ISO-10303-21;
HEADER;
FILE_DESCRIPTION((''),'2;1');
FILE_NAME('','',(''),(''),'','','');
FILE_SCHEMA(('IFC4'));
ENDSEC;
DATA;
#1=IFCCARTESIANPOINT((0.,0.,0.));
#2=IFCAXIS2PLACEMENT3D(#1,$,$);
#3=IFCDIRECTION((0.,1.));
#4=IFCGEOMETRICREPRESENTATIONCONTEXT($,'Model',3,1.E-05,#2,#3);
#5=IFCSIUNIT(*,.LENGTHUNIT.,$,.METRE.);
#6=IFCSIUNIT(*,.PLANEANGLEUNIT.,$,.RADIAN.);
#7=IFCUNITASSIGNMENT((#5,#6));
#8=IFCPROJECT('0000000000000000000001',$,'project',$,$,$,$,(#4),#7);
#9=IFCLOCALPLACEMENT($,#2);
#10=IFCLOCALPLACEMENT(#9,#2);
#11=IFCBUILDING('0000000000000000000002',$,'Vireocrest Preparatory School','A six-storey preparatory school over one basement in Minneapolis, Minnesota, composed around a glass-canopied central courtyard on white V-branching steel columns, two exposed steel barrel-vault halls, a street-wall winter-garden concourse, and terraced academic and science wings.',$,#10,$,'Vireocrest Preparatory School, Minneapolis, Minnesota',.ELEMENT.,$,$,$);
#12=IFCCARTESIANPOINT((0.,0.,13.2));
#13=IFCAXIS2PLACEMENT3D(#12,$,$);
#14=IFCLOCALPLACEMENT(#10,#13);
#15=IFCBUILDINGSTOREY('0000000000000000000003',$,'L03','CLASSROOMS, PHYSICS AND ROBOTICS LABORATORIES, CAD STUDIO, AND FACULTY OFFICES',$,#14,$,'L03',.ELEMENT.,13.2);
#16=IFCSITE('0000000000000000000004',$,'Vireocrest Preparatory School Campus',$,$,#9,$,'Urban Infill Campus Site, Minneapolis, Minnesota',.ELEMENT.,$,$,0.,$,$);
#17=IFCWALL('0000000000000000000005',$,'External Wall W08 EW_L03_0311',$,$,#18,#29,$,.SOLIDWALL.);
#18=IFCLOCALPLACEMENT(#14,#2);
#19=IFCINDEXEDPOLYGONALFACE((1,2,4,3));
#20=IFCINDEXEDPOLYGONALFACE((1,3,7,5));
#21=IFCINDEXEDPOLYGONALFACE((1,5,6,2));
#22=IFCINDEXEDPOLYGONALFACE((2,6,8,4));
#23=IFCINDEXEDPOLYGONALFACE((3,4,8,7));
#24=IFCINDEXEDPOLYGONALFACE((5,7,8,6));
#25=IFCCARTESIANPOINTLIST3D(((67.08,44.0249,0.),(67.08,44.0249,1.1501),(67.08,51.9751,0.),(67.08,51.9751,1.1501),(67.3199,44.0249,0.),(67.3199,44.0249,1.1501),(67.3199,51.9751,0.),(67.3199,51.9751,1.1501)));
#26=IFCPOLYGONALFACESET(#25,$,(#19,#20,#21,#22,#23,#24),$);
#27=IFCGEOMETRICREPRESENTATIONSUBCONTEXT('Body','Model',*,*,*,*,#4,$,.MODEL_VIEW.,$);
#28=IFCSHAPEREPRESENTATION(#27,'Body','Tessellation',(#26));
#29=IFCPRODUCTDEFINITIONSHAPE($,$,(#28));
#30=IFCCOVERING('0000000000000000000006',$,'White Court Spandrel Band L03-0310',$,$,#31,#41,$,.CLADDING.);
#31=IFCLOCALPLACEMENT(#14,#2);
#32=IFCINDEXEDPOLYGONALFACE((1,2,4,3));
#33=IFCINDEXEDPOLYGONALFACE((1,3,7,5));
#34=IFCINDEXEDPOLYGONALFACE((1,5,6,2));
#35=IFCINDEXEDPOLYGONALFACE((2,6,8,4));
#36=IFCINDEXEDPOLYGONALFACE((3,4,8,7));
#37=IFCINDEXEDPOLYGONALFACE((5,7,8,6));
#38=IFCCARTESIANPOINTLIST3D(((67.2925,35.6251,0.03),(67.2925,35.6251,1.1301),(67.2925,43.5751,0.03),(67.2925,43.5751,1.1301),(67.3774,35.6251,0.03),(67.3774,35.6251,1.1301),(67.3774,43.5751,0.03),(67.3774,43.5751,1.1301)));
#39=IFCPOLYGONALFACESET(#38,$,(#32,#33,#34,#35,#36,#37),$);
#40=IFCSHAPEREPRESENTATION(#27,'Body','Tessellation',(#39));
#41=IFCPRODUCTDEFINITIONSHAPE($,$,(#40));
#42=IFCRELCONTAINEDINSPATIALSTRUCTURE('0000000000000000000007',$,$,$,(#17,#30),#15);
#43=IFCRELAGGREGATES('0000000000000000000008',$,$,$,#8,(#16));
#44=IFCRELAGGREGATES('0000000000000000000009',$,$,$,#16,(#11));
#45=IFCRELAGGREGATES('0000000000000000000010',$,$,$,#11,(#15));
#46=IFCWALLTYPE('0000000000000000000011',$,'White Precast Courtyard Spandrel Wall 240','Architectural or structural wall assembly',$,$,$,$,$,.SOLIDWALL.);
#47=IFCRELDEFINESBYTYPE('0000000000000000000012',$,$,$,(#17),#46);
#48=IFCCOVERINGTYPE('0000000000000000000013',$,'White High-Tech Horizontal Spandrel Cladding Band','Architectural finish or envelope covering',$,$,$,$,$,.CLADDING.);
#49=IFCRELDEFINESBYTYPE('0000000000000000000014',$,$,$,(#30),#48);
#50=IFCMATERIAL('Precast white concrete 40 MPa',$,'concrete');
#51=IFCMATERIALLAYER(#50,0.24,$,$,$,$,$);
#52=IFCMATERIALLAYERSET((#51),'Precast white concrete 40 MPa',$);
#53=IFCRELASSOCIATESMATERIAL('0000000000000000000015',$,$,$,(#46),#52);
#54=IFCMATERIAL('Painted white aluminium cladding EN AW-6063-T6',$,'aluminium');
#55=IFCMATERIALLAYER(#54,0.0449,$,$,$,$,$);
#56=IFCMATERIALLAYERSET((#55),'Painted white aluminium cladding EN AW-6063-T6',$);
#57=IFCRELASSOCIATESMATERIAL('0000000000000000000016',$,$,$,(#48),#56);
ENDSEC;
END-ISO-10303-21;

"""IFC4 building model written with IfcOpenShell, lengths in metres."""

from ifc_helpers import new_model, si_unit, direction, frame, frame_2d, origin, origin_2d, place, context, subcontext, project, spatial, rectangle, extrude, material, layer, layer_set, type_object, element, save


model = new_model("IFC4")

# Units and contexts
model_context = context("Model", 3, precision=1e-05, world=origin(), true_north=direction((0.0, 1.0)))
body_context = subcontext(model_context, "Body", "Model", "MODEL_VIEW")
ifc_project = project(units=[si_unit("LENGTHUNIT", "METRE"), si_unit("PLANEANGLEUNIT", "RADIAN")], contexts=[model_context])

# Site, building, storey
site_placement = place(None, origin())
site = spatial("IfcSite", under=ifc_project, at=site_placement, Name="Vireocrest Preparatory School Campus", LongName="Urban Infill Campus Site, Minneapolis, Minnesota", CompositionType="ELEMENT", RefElevation=0.0)
building_placement = place(site_placement, origin())
building = spatial("IfcBuilding", under=site, at=building_placement, Name="Vireocrest Preparatory School", Description="A six-storey preparatory school over one basement in Minneapolis, Minnesota, composed around a glass-canopied central courtyard on white V-branching steel columns, two exposed steel barrel-vault halls, a street-wall winter-garden concourse, and terraced academic and science wings.", LongName="Vireocrest Preparatory School, Minneapolis, Minnesota", CompositionType="ELEMENT")
storey_placement = place(building_placement, frame((0.0, 0.0, 13.2)))
storey = spatial("IfcBuildingStorey", under=building, at=storey_placement, Name="L03", Description="CLASSROOMS, PHYSICS AND ROBOTICS LABORATORIES, CAD STUDIO, AND FACULTY OFFICES", LongName="L03", CompositionType="ELEMENT", Elevation=13.2)

# Wall
ifc_material_1 = material(Name="Precast white concrete 40 MPa", Category="concrete")
ifc_layer_1 = layer(ifc_material_1, 0.24)
ifc_layer_set_1 = layer_set([ifc_layer_1], Name="Precast white concrete 40 MPa")
wall_type = type_object("IfcWallType", Name="White Precast Courtyard Spandrel Wall 240", Description="Architectural or structural wall assembly", PredefinedType="SOLIDWALL", material=ifc_layer_set_1)
wall_placement = place(storey_placement, frame((67.2, 44.0249, 0.0), z_axis=(0.0, 0.0, 1.0), x_axis=(0.0, 1.0, 0.0)))
element("IfcWall", 1, at=wall_placement, inside=storey, type_object=wall_type, Name="External Wall W08 EW_L03_0311", PredefinedType="SOLIDWALL", context=body_context, shape_type="SweptSolid", body=[
    extrude(rectangle(XDim=7.9502, YDim=0.24, at=frame_2d((3.9751, 0.0))), origin(), (0.0, 0.0, 1.0), 1.1501),
])

# Covering
ifc_material_2 = material(Name="Painted white aluminium cladding EN AW-6063-T6", Category="aluminium")
ifc_layer_2 = layer(ifc_material_2, 0.0449)
ifc_layer_set_2 = layer_set([ifc_layer_2], Name="Painted white aluminium cladding EN AW-6063-T6")
covering_type = type_object("IfcCoveringType", Name="White High-Tech Horizontal Spandrel Cladding Band", Description="Architectural finish or envelope covering", PredefinedType="CLADDING", material=ifc_layer_set_2)
covering_placement = place(storey_placement, frame((67.335, 39.6001, 0.03), z_axis=(0.0, 0.0, 1.0), x_axis=(1.0, 0.0, 0.0)))
element("IfcCovering", 2, at=covering_placement, inside=storey, type_object=covering_type, Name="White Court Spandrel Band L03-0310", PredefinedType="CLADDING", context=body_context, shape_type="SweptSolid", body=[
    extrude(rectangle(XDim=0.085, YDim=7.95, at=origin_2d()), origin(), (0.0, 0.0, 1.0), 1.1001),
])

save(model, "model.ifc")
